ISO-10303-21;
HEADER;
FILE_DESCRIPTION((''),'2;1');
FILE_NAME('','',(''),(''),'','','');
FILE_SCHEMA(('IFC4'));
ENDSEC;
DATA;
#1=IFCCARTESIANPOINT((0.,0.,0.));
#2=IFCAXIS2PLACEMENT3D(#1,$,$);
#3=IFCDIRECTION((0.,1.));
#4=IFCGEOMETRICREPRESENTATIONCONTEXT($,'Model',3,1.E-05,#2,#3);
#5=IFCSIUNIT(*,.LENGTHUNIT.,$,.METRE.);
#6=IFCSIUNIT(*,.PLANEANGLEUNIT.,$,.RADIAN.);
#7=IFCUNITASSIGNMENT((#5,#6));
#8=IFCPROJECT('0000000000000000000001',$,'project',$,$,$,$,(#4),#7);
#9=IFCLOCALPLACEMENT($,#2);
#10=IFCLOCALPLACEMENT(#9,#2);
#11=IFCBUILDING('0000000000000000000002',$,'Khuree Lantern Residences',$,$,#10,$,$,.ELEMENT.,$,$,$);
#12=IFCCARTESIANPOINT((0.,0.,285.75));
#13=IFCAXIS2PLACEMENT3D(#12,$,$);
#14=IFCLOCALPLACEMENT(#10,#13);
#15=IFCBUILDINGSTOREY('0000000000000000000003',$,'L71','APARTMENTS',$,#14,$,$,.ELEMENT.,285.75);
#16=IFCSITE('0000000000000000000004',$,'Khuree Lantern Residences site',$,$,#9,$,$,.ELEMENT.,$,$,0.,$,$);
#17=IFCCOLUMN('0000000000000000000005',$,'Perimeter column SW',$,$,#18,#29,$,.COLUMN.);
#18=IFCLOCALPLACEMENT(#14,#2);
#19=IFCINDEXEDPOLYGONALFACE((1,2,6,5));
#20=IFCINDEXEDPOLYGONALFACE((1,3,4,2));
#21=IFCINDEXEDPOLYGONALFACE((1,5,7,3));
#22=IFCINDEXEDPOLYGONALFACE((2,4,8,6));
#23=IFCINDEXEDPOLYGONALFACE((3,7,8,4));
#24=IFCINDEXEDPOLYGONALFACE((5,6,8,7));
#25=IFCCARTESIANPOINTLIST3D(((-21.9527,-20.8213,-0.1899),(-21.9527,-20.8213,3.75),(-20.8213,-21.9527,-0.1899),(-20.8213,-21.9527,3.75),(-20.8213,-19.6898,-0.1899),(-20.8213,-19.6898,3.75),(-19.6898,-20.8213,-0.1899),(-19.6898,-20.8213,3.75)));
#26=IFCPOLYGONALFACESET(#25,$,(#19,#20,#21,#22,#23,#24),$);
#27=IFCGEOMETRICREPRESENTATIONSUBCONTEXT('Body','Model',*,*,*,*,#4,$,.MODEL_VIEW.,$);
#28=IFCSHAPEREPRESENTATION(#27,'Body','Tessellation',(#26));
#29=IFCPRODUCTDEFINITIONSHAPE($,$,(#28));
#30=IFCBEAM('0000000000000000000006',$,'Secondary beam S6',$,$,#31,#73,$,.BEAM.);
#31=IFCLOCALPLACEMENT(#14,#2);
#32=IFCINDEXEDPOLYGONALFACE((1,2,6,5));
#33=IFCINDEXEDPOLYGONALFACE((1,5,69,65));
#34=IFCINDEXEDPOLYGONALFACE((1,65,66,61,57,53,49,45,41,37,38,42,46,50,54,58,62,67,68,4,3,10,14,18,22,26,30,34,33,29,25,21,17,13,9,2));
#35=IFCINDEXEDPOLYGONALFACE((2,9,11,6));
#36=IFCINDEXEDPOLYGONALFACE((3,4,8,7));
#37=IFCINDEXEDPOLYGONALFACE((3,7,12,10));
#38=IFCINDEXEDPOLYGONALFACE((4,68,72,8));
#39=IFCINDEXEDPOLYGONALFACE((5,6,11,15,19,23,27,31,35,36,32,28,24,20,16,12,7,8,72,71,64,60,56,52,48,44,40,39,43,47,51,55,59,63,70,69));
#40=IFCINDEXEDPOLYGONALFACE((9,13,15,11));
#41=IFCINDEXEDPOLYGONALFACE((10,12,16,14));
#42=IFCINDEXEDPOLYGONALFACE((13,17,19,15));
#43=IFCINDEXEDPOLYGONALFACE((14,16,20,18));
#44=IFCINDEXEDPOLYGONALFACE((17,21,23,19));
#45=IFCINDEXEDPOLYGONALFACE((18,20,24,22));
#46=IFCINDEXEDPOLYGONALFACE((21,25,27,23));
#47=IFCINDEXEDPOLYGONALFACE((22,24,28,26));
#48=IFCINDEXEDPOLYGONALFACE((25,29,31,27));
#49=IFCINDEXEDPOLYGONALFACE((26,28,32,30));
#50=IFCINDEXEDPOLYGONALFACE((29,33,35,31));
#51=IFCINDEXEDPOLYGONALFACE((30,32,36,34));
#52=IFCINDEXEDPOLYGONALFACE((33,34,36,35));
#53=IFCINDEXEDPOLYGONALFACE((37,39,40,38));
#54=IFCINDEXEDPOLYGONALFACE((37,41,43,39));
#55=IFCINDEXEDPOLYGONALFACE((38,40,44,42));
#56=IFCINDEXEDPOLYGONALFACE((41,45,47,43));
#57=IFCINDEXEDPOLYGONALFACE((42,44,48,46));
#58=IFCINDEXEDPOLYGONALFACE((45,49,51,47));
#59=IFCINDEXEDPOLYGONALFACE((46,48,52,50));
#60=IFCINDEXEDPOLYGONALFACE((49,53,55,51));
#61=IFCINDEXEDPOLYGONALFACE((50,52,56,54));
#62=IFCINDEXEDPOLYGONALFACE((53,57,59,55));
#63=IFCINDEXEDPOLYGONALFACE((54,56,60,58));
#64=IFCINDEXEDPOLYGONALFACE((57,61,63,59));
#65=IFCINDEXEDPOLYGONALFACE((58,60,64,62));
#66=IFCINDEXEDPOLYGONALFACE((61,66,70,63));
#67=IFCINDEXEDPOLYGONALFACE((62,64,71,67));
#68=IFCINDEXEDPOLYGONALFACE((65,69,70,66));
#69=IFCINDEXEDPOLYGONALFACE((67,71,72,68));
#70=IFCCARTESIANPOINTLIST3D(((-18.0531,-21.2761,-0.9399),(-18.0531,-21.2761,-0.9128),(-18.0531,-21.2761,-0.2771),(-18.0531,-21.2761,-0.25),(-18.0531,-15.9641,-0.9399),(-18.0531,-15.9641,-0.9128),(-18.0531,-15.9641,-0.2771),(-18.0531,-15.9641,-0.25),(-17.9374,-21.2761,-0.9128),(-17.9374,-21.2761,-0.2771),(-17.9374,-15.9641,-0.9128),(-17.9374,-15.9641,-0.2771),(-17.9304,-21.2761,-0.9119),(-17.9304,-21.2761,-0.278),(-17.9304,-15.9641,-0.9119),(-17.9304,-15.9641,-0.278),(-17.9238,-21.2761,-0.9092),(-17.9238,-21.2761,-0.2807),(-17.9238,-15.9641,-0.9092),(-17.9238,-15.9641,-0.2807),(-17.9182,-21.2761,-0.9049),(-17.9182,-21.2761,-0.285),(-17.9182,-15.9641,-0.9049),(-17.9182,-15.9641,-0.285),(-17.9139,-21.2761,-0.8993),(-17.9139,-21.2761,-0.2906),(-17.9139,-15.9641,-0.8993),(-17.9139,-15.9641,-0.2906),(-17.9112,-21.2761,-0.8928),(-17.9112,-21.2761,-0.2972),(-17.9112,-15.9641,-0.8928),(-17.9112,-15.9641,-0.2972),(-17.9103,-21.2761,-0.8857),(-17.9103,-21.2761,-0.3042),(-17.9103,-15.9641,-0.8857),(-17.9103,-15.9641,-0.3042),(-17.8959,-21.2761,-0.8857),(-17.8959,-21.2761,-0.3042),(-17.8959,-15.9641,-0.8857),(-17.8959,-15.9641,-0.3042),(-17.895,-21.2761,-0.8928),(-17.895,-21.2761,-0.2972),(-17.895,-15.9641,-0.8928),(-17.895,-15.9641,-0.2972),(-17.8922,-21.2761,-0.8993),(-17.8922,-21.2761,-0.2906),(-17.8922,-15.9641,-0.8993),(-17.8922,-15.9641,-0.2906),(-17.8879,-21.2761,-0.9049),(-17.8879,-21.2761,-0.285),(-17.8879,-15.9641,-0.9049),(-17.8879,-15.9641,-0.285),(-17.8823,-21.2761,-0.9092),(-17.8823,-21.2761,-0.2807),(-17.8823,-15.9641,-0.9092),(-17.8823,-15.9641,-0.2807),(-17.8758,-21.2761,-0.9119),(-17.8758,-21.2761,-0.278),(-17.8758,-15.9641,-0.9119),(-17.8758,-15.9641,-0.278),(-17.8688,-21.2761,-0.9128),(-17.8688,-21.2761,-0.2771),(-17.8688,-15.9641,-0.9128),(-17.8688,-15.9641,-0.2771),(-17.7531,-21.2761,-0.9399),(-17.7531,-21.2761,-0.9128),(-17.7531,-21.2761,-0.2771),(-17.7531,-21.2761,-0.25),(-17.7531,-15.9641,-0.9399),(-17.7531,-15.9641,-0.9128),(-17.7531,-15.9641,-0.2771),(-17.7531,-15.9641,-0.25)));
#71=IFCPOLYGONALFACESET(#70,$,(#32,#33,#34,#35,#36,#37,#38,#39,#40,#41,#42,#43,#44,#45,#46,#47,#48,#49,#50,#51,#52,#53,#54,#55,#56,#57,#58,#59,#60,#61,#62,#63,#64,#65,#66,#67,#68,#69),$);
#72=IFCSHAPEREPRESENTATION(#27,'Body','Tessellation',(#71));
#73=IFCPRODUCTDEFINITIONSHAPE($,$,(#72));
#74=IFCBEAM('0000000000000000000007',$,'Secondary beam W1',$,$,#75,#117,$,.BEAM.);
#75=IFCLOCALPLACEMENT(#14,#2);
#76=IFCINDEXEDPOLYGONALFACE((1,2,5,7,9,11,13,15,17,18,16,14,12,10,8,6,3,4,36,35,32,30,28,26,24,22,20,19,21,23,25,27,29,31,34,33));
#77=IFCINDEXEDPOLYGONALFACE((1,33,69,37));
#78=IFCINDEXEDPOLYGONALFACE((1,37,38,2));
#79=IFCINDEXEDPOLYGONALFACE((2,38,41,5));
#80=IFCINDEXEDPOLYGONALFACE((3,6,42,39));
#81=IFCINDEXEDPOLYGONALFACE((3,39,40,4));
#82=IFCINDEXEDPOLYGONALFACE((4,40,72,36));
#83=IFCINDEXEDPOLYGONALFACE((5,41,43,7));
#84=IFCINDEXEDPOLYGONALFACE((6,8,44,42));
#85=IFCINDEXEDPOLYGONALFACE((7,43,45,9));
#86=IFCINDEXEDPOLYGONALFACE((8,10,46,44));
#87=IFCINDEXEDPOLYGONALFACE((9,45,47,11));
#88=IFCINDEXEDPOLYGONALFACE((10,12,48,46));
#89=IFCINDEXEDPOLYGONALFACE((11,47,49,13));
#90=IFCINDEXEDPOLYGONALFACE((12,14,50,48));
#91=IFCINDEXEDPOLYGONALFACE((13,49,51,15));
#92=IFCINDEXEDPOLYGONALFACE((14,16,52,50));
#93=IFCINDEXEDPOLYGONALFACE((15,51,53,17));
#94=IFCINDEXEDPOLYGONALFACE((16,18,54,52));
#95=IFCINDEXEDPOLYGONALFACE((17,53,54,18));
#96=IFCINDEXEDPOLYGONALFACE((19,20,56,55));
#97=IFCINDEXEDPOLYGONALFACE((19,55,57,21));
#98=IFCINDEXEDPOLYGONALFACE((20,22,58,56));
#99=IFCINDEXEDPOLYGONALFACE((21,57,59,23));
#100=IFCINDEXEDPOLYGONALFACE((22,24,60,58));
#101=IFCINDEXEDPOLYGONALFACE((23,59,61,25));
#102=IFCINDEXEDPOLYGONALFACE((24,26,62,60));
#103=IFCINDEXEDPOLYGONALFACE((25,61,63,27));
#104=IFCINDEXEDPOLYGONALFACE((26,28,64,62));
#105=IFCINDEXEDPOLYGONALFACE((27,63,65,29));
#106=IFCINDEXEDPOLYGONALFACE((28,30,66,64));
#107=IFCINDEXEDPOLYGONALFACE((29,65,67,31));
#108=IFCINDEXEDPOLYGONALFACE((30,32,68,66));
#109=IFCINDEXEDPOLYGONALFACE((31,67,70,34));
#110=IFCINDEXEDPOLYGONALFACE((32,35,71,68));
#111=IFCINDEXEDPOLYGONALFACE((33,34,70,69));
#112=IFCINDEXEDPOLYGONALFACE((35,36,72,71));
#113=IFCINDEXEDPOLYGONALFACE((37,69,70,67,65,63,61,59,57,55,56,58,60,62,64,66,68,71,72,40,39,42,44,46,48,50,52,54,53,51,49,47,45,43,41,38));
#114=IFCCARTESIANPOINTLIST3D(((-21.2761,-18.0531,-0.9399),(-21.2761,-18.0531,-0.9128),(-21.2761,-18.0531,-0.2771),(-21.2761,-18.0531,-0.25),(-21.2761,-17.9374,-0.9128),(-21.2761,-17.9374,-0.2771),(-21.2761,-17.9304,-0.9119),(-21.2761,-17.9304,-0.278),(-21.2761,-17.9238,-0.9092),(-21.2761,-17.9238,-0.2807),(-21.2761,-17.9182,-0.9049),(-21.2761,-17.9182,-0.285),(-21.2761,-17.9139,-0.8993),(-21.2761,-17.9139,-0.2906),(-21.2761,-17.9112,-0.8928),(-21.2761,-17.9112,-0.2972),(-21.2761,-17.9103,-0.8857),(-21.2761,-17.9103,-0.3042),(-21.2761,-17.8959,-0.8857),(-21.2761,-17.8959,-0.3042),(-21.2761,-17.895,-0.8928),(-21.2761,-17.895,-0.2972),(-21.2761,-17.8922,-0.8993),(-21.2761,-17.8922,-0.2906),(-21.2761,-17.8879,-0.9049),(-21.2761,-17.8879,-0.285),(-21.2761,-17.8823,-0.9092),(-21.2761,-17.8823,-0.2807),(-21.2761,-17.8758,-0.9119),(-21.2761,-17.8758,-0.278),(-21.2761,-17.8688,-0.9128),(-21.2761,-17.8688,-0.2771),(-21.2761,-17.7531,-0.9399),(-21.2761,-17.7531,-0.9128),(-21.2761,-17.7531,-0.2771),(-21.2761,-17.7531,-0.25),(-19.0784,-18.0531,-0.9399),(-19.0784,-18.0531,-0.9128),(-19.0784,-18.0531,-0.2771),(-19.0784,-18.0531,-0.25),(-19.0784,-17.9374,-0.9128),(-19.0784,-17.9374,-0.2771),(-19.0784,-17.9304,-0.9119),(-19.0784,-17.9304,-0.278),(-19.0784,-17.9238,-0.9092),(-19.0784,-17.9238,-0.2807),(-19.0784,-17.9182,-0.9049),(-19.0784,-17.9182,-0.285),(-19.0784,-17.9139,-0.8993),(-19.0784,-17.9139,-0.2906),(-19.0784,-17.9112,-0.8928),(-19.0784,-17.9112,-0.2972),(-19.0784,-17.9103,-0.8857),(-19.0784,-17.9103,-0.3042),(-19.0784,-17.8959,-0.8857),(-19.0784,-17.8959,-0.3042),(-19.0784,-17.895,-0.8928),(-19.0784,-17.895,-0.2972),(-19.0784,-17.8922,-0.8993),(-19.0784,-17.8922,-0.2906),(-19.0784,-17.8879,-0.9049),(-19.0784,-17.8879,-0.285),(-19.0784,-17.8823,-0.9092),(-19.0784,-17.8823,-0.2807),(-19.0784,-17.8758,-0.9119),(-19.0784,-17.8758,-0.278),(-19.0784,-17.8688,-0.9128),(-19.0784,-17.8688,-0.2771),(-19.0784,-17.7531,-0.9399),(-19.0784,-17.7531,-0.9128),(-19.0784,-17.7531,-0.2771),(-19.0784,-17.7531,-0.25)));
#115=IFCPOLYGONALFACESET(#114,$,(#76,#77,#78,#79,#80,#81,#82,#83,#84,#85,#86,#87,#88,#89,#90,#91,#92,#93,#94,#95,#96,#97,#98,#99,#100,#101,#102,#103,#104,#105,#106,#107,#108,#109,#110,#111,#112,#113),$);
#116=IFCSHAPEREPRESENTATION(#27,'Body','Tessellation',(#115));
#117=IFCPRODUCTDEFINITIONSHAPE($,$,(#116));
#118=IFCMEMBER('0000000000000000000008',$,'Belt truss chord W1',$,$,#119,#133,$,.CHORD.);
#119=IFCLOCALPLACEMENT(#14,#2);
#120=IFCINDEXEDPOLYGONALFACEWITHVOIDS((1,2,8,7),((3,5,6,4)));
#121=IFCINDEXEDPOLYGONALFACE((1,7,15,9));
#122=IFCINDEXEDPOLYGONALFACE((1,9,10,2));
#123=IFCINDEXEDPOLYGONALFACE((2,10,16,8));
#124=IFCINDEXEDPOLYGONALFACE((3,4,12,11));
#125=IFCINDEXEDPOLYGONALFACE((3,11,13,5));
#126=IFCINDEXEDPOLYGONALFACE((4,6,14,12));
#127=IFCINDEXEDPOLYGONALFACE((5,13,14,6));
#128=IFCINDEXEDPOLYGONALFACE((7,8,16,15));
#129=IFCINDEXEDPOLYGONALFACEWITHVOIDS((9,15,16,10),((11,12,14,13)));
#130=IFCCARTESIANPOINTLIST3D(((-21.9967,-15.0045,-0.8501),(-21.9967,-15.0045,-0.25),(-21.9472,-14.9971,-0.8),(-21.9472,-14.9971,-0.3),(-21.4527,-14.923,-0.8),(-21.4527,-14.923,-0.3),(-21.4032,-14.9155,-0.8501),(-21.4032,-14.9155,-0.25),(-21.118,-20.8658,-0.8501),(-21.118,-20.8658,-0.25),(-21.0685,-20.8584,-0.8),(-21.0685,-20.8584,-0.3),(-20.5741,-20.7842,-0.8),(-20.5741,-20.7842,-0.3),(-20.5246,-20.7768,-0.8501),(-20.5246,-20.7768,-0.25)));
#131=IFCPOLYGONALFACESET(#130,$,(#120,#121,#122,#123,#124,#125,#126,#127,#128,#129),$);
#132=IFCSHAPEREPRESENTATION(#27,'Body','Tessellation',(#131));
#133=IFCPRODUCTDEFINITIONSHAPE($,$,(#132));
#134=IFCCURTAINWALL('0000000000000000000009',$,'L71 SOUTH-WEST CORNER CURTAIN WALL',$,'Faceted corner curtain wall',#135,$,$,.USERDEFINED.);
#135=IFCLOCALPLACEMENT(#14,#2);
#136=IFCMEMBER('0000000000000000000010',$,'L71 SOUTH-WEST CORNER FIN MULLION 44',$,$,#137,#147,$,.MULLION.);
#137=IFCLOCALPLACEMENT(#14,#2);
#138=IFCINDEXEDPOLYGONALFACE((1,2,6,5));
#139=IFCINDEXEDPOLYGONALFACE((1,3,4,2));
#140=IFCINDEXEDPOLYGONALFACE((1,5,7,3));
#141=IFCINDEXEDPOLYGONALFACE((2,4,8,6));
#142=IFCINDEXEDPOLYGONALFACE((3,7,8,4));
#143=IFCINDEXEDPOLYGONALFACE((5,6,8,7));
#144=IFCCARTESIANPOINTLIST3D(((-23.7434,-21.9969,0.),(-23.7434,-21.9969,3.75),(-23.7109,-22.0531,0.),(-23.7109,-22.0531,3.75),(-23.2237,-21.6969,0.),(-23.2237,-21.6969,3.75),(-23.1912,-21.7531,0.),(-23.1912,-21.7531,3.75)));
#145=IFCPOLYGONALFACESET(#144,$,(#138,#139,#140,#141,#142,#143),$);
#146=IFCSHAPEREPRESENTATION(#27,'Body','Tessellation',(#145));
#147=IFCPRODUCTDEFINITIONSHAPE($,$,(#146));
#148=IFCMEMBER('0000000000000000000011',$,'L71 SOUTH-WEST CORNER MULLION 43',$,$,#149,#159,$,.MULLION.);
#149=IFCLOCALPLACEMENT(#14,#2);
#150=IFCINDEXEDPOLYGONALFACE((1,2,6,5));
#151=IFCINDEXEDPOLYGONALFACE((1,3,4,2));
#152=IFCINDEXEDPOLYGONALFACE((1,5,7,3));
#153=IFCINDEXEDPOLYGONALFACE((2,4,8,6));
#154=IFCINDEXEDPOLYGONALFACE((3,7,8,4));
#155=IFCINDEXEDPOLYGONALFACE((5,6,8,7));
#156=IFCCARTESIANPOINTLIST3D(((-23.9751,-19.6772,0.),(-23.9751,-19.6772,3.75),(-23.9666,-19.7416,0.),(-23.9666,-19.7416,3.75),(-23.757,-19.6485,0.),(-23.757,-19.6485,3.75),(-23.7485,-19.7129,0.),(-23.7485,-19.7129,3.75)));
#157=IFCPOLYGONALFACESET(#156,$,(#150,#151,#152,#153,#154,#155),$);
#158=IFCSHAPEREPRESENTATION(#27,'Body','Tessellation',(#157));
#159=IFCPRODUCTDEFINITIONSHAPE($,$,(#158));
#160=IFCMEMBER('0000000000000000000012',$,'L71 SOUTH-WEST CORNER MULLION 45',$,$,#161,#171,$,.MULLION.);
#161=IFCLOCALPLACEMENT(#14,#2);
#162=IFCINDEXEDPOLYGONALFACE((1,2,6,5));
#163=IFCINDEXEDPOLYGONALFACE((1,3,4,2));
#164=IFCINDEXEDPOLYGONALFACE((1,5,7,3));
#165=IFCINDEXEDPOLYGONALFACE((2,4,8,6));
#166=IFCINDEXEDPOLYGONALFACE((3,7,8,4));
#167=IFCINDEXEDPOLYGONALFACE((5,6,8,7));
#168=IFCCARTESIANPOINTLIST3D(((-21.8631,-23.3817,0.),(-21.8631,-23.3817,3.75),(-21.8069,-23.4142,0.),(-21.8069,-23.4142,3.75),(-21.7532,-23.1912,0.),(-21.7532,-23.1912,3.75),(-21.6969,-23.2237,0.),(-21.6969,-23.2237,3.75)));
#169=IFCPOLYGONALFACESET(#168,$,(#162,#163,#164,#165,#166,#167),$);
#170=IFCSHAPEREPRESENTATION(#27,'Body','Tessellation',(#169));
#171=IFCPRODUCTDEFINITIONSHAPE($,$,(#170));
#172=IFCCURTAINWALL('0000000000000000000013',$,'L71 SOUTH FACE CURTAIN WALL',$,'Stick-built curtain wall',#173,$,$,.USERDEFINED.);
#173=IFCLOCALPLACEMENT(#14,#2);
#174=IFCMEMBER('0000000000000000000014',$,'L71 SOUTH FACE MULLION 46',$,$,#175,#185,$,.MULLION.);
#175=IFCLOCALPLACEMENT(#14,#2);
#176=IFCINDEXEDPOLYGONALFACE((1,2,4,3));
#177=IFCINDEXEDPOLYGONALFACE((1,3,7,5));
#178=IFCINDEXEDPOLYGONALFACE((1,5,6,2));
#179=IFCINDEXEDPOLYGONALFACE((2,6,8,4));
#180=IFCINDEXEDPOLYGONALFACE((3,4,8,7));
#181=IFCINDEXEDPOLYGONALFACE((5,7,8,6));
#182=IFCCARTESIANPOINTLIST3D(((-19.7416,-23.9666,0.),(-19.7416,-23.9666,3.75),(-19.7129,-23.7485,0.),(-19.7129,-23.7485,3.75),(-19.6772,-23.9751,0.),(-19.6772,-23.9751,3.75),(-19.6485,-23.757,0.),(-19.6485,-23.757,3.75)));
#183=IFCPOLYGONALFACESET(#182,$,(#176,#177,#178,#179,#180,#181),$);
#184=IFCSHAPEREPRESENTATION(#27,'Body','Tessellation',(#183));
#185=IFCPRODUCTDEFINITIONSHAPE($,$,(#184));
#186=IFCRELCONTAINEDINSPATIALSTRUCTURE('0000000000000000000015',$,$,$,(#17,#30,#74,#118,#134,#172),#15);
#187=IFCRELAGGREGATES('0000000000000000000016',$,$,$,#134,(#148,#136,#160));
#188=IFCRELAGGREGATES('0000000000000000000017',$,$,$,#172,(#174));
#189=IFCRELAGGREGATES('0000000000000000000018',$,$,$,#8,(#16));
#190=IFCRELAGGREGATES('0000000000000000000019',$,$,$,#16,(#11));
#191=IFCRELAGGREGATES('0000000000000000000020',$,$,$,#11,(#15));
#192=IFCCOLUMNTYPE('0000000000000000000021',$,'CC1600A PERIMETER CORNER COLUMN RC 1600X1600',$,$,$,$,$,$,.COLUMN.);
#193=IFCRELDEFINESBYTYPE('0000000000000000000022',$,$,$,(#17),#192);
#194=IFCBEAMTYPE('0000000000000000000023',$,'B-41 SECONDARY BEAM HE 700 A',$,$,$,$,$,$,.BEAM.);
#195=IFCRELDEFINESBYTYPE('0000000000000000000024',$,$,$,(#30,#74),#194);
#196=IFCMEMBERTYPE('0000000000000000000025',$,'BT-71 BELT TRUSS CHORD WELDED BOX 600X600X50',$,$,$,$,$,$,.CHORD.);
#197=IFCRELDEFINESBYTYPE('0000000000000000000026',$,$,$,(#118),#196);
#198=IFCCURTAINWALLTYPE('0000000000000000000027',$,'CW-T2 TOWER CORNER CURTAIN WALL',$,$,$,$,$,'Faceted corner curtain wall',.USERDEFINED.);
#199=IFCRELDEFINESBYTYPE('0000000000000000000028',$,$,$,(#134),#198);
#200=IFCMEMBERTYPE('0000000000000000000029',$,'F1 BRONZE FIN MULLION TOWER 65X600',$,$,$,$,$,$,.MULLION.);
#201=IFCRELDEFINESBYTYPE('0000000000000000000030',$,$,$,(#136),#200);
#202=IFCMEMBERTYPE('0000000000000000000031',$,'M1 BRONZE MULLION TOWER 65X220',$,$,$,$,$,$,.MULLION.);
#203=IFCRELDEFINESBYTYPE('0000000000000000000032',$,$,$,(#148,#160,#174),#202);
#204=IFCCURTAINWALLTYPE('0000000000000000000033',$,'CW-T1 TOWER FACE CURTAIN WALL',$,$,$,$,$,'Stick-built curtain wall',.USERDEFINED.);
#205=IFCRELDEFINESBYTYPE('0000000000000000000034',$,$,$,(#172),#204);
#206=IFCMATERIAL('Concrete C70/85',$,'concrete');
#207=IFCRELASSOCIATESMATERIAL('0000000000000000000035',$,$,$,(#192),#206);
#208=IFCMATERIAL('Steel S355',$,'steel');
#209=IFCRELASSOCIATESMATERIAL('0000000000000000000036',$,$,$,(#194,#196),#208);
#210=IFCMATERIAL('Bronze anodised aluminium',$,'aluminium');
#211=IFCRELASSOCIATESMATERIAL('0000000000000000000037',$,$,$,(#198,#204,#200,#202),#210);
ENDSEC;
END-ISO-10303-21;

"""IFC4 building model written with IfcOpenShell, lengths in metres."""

from ifc_helpers import new_model, si_unit, direction, frame, origin, origin_2d, place, context, subcontext, project, spatial, rectangle, hollow_rectangle, i_section, extrude, material, material_profile, profile_set, type_object, element, aggregate, save


model = new_model("IFC4")

# Units and contexts
model_context = context("Model", 3, precision=1e-05, world=origin(), true_north=direction((0.0, 1.0)))
body_context = subcontext(model_context, "Body", "Model", "MODEL_VIEW")
ifc_project = project(units=[si_unit("LENGTHUNIT", "METRE"), si_unit("PLANEANGLEUNIT", "RADIAN")], contexts=[model_context])

# Site, building, storey
site_placement = place(None, origin())
site = spatial("IfcSite", under=ifc_project, at=site_placement, Name="Khuree Lantern Residences site", CompositionType="ELEMENT", RefElevation=0.0)
building_placement = place(site_placement, origin())
building = spatial("IfcBuilding", under=site, at=building_placement, Name="Khuree Lantern Residences", CompositionType="ELEMENT")
storey_placement = place(building_placement, frame((0.0, 0.0, 285.75)))
storey = spatial("IfcBuildingStorey", under=building, at=storey_placement, Name="L71", Description="APARTMENTS", CompositionType="ELEMENT", Elevation=285.75)

# Column
ifc_material_1 = material(Name="Concrete C70/85", Category="concrete")
ifc_material_profile_1 = material_profile(ifc_material_1, rectangle(XDim=1.6001, YDim=1.6001, at=origin_2d()), Name="RC 1600X1600")
ifc_profile_set_1 = profile_set([ifc_material_profile_1], Name="Concrete C70/85")
column_type = type_object("IfcColumnType", Name="CC1600A PERIMETER CORNER COLUMN RC 1600X1600", PredefinedType="COLUMN", material=ifc_profile_set_1)
column_placement = place(storey_placement, frame((-20.8213, -20.8213, -0.1899), z_axis=(0.0, 0.0, 1.0), x_axis=(0.707107, -0.707107, 0.0)))
element("IfcColumn", 1, at=column_placement, inside=storey, type_object=column_type, Name="Perimeter column SW", PredefinedType="COLUMN", context=body_context, shape_type="SweptSolid", body=[
    extrude(rectangle(XDim=1.6001, YDim=1.6001, at=origin_2d()), origin(), (0.0, 0.0, 1.0), 3.9399),
])

# Beams
ifc_material_2 = material(Name="Steel S355", Category="steel")
ifc_material_profile_2 = material_profile(ifc_material_2, i_section(OverallWidth=0.3, OverallDepth=0.6899, WebThickness=0.0144, FlangeThickness=0.0271, FilletRadius=0.0271, at=origin_2d()), Name="HE 700 A")
ifc_profile_set_2 = profile_set([ifc_material_profile_2], Name="Steel S355")
beam_type_1 = type_object("IfcBeamType", Name="B-41 SECONDARY BEAM HE 700 A", PredefinedType="BEAM", material=ifc_profile_set_2)
beam_1_placement = place(storey_placement, frame((-17.9031, -21.2761, -0.595), z_axis=(0.0, 1.0, 0.0), x_axis=(-1.0, 0.0, 0.0)))
element("IfcBeam", 2, at=beam_1_placement, inside=storey, type_object=beam_type_1, Name="Secondary beam S6", PredefinedType="BEAM", context=body_context, shape_type="SweptSolid", body=[
    extrude(i_section(OverallWidth=0.3, OverallDepth=0.6899, WebThickness=0.0144, FlangeThickness=0.0271, FilletRadius=0.0271, at=origin_2d()), origin(), (0.0, 0.0, 1.0), 5.312),
])
beam_2_placement = place(storey_placement, frame((-21.2761, -17.9031, -0.595), z_axis=(1.0, 0.0, 0.0), x_axis=(0.0, 1.0, 0.0)))
element("IfcBeam", 3, at=beam_2_placement, inside=storey, type_object=beam_type_1, Name="Secondary beam W1", PredefinedType="BEAM", context=body_context, shape_type="SweptSolid", body=[
    extrude(i_section(OverallWidth=0.3, OverallDepth=0.6899, WebThickness=0.0144, FlangeThickness=0.0271, FilletRadius=0.0271, at=origin_2d()), origin(), (0.0, 0.0, 1.0), 2.1978),
])

# Member
ifc_material_profile_3 = material_profile(ifc_material_2, hollow_rectangle(XDim=0.6001, YDim=0.6001, WallThickness=0.05, at=origin_2d()), Name="WELDED BOX 600X600X50")
ifc_profile_set_3 = profile_set([ifc_material_profile_3], Name="Steel S355")
member_type_1 = type_object("IfcMemberType", Name="BT-71 BELT TRUSS CHORD WELDED BOX 600X600X50", PredefinedType="CHORD", material=ifc_profile_set_3)
member_1_placement = place(storey_placement, frame((-20.8213, -20.8213, -0.55), z_axis=(-0.148252, 0.98895, 0.0), x_axis=(-0.98895, -0.148252, 0.0)))
element("IfcMember", 4, at=member_1_placement, inside=storey, type_object=member_type_1, Name="Belt truss chord W1", PredefinedType="CHORD", context=body_context, shape_type="SweptSolid", body=[
    extrude(hollow_rectangle(XDim=0.6001, YDim=0.6001, WallThickness=0.05, at=origin_2d()), origin(), (0.0, 0.0, 1.0), 5.9268),
])

# Curtain wall, members
ifc_material_3 = material(Name="Bronze anodised aluminium", Category="aluminium")
curtain_wall_type_1 = type_object("IfcCurtainWallType", Name="CW-T2 TOWER CORNER CURTAIN WALL", ElementType="Faceted corner curtain wall", PredefinedType="USERDEFINED", material=ifc_material_3)
curtain_wall_1_placement = place(storey_placement, origin())
curtain_wall_1 = element("IfcCurtainWall", 5, at=curtain_wall_1_placement, inside=storey, type_object=curtain_wall_type_1, Name="L71 SOUTH-WEST CORNER CURTAIN WALL", ObjectType="Faceted corner curtain wall", PredefinedType="USERDEFINED")
ifc_material_profile_4 = material_profile(ifc_material_3, rectangle(XDim=0.0649, YDim=0.6001, at=origin_2d()), Name="F1 65X600")
ifc_profile_set_4 = profile_set([ifc_material_profile_4], Name="Bronze anodised aluminium")
member_type_2 = type_object("IfcMemberType", Name="F1 BRONZE FIN MULLION TOWER 65X600", PredefinedType="MULLION", material=ifc_profile_set_4)
member_2_placement = place(storey_placement, frame((-23.4673, -21.875, 0.0), z_axis=(0.0, 0.0, 1.0), x_axis=(0.5, -0.866025, 0.0)))
member_2 = element("IfcMember", 6, at=member_2_placement, type_object=member_type_2, Name="L71 SOUTH-WEST CORNER FIN MULLION 44", PredefinedType="MULLION", context=body_context, shape_type="SweptSolid", body=[
    extrude(rectangle(XDim=0.0649, YDim=0.6001, at=origin_2d()), origin(), (0.0, 0.0, 1.0), 3.75),
])
ifc_material_profile_5 = material_profile(ifc_material_3, rectangle(XDim=0.0649, YDim=0.22, at=origin_2d()), Name="M1 65X220")
ifc_profile_set_5 = profile_set([ifc_material_profile_5], Name="Bronze anodised aluminium")
member_type_3 = type_object("IfcMemberType", Name="M1 BRONZE MULLION TOWER 65X220", PredefinedType="MULLION", material=ifc_profile_set_5)
member_3_placement = place(storey_placement, frame((-23.8618, -19.6951, 0.0), z_axis=(0.0, 0.0, 1.0), x_axis=(0.130526, -0.991445, 0.0)))
member_3 = element("IfcMember", 7, at=member_3_placement, type_object=member_type_3, Name="L71 SOUTH-WEST CORNER MULLION 43", PredefinedType="MULLION", context=body_context, shape_type="SweptSolid", body=[
    extrude(rectangle(XDim=0.0649, YDim=0.22, at=origin_2d()), origin(), (0.0, 0.0, 1.0), 3.75),
])
member_4_placement = place(storey_placement, frame((-21.78, -23.3027, 0.0), z_axis=(0.0, 0.0, 1.0), x_axis=(0.866025, -0.5, 0.0)))
member_4 = element("IfcMember", 8, at=member_4_placement, type_object=member_type_3, Name="L71 SOUTH-WEST CORNER MULLION 45", PredefinedType="MULLION", context=body_context, shape_type="SweptSolid", body=[
    extrude(rectangle(XDim=0.0649, YDim=0.22, at=origin_2d()), origin(), (0.0, 0.0, 1.0), 3.75),
])

# Curtain wall, member
curtain_wall_type_2 = type_object("IfcCurtainWallType", Name="CW-T1 TOWER FACE CURTAIN WALL", ElementType="Stick-built curtain wall", PredefinedType="USERDEFINED", material=ifc_material_3)
curtain_wall_2_placement = place(storey_placement, origin())
curtain_wall_2 = element("IfcCurtainWall", 9, at=curtain_wall_2_placement, inside=storey, type_object=curtain_wall_type_2, Name="L71 SOUTH FACE CURTAIN WALL", ObjectType="Stick-built curtain wall", PredefinedType="USERDEFINED")
member_5_placement = place(storey_placement, frame((-19.6951, -23.8618, 0.0), z_axis=(0.0, 0.0, 1.0), x_axis=(0.991445, -0.130526, 0.0)))
member_5 = element("IfcMember", 10, at=member_5_placement, type_object=member_type_3, Name="L71 SOUTH FACE MULLION 46", PredefinedType="MULLION", context=body_context, shape_type="SweptSolid", body=[
    extrude(rectangle(XDim=0.0649, YDim=0.22, at=origin_2d()), origin(), (0.0, 0.0, 1.0), 3.75),
])

aggregate(curtain_wall_1, [member_3, member_2, member_4])
aggregate(curtain_wall_2, [member_5])

save(model, "model.ifc")
